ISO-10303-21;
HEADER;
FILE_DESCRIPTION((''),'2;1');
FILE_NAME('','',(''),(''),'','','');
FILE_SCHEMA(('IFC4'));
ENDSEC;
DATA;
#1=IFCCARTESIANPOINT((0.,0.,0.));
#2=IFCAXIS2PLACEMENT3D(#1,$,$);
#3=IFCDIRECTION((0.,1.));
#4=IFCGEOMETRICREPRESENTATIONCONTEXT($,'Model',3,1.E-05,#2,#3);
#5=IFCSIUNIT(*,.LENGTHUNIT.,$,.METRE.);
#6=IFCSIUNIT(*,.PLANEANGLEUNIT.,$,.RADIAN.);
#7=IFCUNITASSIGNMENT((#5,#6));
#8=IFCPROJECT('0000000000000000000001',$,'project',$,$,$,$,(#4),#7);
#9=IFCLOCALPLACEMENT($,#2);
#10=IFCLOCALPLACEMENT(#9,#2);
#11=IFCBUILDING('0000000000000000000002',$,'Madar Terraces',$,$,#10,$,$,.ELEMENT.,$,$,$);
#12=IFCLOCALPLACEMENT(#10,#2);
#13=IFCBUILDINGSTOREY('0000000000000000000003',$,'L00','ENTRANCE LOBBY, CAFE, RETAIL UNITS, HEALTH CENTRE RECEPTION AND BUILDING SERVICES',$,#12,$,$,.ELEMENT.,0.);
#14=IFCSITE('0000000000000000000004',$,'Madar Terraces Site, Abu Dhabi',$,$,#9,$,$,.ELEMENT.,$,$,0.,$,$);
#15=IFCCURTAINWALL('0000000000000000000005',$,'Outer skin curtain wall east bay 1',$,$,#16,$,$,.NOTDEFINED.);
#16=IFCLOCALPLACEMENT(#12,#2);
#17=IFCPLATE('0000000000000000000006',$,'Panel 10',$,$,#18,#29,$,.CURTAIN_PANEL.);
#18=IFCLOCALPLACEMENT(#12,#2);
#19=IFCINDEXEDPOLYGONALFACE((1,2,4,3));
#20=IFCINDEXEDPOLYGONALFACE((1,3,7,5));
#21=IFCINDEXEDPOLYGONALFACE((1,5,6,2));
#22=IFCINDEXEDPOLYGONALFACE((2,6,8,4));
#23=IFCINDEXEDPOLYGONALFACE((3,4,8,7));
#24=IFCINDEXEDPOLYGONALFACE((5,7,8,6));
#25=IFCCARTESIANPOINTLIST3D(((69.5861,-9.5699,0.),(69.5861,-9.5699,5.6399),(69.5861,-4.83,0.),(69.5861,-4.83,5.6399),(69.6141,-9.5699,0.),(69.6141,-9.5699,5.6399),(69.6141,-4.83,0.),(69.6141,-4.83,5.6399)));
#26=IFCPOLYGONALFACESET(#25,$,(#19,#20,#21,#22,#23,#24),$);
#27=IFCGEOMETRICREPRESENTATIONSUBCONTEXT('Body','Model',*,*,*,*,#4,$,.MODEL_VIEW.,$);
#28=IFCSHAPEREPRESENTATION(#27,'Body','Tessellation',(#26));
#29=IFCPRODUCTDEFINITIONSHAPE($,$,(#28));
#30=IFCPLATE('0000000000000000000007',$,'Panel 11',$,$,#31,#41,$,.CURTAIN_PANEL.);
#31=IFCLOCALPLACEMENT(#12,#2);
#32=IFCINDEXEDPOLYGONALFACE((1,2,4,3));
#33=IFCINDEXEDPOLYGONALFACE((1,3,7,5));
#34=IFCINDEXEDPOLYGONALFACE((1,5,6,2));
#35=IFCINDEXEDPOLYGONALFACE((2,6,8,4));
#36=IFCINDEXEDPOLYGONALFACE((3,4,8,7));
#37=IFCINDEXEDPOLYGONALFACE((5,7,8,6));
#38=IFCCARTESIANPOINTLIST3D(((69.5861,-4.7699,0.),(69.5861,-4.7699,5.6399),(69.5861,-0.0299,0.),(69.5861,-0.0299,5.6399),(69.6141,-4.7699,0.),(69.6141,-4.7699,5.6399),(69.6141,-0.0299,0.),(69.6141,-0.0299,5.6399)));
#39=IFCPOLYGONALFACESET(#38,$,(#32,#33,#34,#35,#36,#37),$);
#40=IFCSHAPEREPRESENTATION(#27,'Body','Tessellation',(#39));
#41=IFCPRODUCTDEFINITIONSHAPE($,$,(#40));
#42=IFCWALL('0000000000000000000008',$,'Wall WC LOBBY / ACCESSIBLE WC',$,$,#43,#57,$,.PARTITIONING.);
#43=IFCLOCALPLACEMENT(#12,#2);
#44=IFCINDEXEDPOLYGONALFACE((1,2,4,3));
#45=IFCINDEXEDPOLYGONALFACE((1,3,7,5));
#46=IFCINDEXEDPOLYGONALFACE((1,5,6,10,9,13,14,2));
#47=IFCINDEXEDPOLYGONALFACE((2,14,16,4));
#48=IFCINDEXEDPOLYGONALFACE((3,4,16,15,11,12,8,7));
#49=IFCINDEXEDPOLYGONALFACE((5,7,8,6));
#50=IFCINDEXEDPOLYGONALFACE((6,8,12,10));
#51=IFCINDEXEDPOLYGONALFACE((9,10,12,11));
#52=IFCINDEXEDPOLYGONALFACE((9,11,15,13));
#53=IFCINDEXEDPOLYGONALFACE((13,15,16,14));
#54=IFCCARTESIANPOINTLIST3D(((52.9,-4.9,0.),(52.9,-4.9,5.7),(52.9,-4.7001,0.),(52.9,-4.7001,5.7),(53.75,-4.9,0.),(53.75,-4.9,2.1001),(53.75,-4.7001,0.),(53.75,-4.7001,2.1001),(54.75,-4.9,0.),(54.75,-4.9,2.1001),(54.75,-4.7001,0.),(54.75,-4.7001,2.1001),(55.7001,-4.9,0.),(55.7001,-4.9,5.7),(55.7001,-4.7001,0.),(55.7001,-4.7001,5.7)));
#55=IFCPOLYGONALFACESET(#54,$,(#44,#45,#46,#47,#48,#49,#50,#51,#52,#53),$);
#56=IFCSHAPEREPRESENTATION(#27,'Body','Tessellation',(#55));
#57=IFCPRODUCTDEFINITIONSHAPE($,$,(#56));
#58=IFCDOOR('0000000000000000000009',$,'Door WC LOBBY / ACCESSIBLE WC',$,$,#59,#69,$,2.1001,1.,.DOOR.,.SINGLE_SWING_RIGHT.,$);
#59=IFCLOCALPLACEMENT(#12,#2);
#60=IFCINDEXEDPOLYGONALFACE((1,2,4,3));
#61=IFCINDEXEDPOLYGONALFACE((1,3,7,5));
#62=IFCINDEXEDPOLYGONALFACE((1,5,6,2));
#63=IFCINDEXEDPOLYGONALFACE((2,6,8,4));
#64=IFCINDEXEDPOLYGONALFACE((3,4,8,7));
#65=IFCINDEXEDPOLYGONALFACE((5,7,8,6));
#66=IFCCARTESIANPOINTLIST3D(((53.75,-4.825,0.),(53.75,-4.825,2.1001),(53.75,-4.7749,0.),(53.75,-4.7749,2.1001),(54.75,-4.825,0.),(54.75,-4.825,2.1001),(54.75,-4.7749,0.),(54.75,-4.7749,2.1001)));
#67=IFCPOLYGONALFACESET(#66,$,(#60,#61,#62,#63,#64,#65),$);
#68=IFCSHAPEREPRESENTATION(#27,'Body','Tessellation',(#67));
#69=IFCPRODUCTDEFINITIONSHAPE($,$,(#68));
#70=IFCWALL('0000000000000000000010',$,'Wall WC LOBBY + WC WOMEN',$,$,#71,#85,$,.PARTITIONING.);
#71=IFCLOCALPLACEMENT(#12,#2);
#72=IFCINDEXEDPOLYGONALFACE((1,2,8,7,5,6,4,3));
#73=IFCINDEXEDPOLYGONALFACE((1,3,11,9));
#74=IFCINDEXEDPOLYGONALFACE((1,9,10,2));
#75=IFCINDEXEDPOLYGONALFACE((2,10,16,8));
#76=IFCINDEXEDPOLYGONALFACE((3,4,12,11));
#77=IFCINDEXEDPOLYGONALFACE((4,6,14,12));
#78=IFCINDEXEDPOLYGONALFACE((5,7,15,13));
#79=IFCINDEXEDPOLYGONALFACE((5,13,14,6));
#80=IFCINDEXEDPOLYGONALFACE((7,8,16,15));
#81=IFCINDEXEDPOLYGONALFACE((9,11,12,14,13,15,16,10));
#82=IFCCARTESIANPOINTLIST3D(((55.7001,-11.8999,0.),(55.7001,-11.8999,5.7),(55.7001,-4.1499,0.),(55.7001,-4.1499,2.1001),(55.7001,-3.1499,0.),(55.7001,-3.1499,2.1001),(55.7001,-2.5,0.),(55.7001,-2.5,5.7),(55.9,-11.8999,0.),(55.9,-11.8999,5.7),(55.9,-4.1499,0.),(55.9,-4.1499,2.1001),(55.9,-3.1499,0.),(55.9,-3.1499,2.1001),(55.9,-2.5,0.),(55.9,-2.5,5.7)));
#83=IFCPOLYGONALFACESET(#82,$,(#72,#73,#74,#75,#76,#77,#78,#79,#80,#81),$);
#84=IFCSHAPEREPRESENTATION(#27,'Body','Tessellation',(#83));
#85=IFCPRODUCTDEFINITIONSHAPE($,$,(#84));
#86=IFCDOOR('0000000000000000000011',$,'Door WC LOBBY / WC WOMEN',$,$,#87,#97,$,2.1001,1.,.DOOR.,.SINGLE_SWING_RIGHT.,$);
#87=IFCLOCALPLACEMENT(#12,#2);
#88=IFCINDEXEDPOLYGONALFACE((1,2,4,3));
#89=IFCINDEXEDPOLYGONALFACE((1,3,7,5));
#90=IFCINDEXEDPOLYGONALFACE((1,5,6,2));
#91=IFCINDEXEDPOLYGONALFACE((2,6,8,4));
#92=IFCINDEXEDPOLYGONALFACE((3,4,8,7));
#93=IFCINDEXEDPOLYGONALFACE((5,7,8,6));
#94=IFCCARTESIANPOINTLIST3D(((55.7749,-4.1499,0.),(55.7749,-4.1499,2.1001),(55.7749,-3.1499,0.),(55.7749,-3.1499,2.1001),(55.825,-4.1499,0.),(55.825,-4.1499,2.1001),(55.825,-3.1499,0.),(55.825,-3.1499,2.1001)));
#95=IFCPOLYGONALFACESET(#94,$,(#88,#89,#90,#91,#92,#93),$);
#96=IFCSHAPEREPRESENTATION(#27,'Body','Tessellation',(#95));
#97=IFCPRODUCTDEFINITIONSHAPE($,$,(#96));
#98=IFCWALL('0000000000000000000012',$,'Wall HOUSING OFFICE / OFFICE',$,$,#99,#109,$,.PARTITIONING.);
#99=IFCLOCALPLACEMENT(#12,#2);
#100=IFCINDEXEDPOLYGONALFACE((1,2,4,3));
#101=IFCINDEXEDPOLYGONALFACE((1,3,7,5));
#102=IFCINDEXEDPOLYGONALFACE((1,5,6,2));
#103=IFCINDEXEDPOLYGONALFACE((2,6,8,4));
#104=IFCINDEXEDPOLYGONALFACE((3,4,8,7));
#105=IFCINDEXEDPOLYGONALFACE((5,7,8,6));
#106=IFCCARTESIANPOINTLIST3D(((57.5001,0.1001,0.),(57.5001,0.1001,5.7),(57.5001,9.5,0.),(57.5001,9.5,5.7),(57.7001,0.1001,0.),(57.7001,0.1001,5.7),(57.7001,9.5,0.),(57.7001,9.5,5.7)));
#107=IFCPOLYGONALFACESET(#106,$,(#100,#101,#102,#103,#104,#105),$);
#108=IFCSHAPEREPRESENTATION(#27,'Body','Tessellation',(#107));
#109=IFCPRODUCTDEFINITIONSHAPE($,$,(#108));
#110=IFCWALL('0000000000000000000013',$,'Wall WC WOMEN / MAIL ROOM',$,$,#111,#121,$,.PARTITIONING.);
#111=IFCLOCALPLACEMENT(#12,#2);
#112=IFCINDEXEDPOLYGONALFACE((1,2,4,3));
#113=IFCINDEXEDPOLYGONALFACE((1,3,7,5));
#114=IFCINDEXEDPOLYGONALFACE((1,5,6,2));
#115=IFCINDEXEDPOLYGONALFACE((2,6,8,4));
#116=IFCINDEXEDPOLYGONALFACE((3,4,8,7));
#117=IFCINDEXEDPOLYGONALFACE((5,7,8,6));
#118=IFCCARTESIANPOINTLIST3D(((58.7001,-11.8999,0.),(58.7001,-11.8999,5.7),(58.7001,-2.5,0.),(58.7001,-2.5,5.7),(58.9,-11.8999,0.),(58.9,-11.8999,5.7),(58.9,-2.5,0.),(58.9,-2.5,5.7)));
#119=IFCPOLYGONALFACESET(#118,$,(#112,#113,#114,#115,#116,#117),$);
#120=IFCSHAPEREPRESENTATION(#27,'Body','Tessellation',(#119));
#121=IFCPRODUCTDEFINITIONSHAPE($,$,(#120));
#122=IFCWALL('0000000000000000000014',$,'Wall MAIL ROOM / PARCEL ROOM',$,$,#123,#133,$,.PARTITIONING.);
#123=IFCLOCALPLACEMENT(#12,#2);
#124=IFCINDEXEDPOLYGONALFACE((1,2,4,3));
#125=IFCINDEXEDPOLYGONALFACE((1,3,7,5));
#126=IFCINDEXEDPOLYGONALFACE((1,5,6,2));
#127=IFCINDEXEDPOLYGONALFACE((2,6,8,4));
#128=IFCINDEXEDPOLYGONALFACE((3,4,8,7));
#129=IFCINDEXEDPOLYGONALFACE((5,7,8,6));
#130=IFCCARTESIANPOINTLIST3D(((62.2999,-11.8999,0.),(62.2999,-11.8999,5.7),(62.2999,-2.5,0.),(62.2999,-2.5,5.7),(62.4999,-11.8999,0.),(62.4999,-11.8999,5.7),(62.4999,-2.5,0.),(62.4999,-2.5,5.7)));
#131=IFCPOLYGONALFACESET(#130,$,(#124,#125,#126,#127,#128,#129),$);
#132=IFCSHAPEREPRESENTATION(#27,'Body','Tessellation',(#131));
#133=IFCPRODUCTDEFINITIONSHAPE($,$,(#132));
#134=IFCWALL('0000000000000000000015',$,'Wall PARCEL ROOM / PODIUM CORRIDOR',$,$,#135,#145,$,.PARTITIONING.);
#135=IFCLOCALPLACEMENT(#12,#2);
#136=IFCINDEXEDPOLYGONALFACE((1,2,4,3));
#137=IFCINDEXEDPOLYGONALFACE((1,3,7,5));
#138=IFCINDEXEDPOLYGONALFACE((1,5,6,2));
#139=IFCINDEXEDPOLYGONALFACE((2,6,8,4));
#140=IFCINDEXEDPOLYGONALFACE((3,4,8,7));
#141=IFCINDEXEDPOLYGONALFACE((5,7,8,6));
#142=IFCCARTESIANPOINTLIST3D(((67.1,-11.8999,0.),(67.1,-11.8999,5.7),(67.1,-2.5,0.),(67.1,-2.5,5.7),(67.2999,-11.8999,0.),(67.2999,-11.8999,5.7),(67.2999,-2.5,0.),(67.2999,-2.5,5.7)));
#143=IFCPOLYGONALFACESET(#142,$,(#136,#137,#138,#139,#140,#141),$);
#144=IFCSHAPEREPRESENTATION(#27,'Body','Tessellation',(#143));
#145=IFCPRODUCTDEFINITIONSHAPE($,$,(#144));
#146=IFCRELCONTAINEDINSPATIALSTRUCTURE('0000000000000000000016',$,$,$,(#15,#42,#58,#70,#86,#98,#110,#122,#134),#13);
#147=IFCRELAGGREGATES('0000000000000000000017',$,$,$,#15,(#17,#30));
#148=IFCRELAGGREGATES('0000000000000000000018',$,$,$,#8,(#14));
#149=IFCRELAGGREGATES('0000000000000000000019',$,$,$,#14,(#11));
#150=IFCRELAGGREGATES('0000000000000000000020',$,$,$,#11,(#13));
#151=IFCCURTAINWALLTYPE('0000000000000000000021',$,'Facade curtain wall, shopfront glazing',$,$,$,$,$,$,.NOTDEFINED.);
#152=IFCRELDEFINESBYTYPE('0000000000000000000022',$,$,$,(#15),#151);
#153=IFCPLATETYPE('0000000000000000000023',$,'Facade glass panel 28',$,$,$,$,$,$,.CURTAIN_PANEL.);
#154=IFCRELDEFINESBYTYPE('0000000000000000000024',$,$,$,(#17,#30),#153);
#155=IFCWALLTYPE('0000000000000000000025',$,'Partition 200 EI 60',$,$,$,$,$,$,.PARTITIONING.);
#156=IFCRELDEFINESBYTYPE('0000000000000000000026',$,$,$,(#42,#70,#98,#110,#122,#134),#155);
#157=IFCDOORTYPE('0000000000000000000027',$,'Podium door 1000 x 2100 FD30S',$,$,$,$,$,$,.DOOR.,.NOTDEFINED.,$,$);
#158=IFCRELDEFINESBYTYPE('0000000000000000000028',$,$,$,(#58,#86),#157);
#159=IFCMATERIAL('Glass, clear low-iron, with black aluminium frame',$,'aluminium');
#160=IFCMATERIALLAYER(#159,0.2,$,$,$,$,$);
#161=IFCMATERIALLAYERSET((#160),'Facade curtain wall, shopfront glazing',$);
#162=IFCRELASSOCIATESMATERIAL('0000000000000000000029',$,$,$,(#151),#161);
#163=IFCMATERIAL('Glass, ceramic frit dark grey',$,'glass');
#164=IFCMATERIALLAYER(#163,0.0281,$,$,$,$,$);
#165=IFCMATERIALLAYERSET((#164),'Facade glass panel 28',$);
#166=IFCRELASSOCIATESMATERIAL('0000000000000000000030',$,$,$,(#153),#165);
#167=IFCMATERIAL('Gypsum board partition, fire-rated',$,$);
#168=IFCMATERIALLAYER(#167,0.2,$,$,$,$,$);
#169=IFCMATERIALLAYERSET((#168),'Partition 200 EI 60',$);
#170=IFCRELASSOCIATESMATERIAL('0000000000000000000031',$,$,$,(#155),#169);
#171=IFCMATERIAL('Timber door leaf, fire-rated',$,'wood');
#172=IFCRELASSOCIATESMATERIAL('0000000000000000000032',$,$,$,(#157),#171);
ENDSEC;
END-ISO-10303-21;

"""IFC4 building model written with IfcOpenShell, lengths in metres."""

from ifc_helpers import new_model, si_unit, direction, frame, frame_2d, origin, origin_2d, place, context, subcontext, project, spatial, rectangle, extrude, material, layer, layer_set, type_object, element, fill, aggregate, save


model = new_model("IFC4")

# Units and contexts
model_context = context("Model", 3, precision=1e-05, world=origin(), true_north=direction((0.0, 1.0)))
body_context = subcontext(model_context, "Body", "Model", "MODEL_VIEW")
ifc_project = project(units=[si_unit("LENGTHUNIT", "METRE"), si_unit("PLANEANGLEUNIT", "RADIAN")], contexts=[model_context])

# Site, building, storey
site_placement = place(None, origin())
site = spatial("IfcSite", under=ifc_project, at=site_placement, Name="Madar Terraces Site, Abu Dhabi", CompositionType="ELEMENT", RefElevation=0.0)
building_placement = place(site_placement, origin())
building = spatial("IfcBuilding", under=site, at=building_placement, Name="Madar Terraces", CompositionType="ELEMENT")
storey_placement = place(building_placement, origin())
storey = spatial("IfcBuildingStorey", under=building, at=storey_placement, Name="L00", Description="ENTRANCE LOBBY, CAFE, RETAIL UNITS, HEALTH CENTRE RECEPTION AND BUILDING SERVICES", CompositionType="ELEMENT", Elevation=0.0)

# Curtain wall, plates
ifc_material_1 = material(Name="Glass, clear low-iron, with black aluminium frame", Category="aluminium")
ifc_layer_1 = layer(ifc_material_1, 0.2)
ifc_layer_set_1 = layer_set([ifc_layer_1], Name="Facade curtain wall, shopfront glazing")
curtain_wall_type = type_object("IfcCurtainWallType", Name="Facade curtain wall, shopfront glazing", PredefinedType="NOTDEFINED", material=ifc_layer_set_1)
curtain_wall_placement = place(storey_placement, origin())
curtain_wall = element("IfcCurtainWall", 1, at=curtain_wall_placement, inside=storey, type_object=curtain_wall_type, Name="Outer skin curtain wall east bay 1", PredefinedType="NOTDEFINED")
ifc_material_2 = material(Name="Glass, ceramic frit dark grey", Category="glass")
ifc_layer_2 = layer(ifc_material_2, 0.0281)
ifc_layer_set_2 = layer_set([ifc_layer_2], Name="Facade glass panel 28")
plate_type = type_object("IfcPlateType", Name="Facade glass panel 28", PredefinedType="CURTAIN_PANEL", material=ifc_layer_set_2)
plate_1_placement = place(storey_placement, frame((69.6001, -7.2, 0.0), z_axis=(0.0, 0.0, 1.0), x_axis=(0.0, 1.0, 0.0)))
plate_1 = element("IfcPlate", 2, at=plate_1_placement, type_object=plate_type, Name="Panel 10", PredefinedType="CURTAIN_PANEL", context=body_context, shape_type="SweptSolid", body=[
    extrude(rectangle(XDim=4.74, YDim=0.0281, at=origin_2d()), origin(), (0.0, 0.0, 1.0), 5.6399),
])
plate_2_placement = place(storey_placement, frame((69.6001, -2.3999, 0.0), z_axis=(0.0, 0.0, 1.0), x_axis=(0.0, 1.0, 0.0)))
plate_2 = element("IfcPlate", 3, at=plate_2_placement, type_object=plate_type, Name="Panel 11", PredefinedType="CURTAIN_PANEL", context=body_context, shape_type="SweptSolid", body=[
    extrude(rectangle(XDim=4.74, YDim=0.0281, at=origin_2d()), origin(), (0.0, 0.0, 1.0), 5.6399),
])
aggregate(curtain_wall, [plate_1, plate_2])

# Walls, openings, doors
ifc_material_3 = material(Name="Gypsum board partition, fire-rated")
ifc_layer_3 = layer(ifc_material_3, 0.2)
ifc_layer_set_3 = layer_set([ifc_layer_3], Name="Partition 200 EI 60")
wall_type = type_object("IfcWallType", Name="Partition 200 EI 60", PredefinedType="PARTITIONING", material=ifc_layer_set_3)
wall_1_placement = place(storey_placement, frame((55.7, -4.8, 0.0), z_axis=(0.0, 0.0, 1.0), x_axis=(-1.0, 0.0, 0.0)))
wall_1 = element("IfcWall", 4, at=wall_1_placement, inside=storey, type_object=wall_type, Name="Wall WC LOBBY / ACCESSIBLE WC", PredefinedType="PARTITIONING", context=body_context, shape_type="SweptSolid", body=[
    extrude(rectangle(XDim=2.8, YDim=0.2, at=frame_2d((1.3999, 0.0))), origin(), (0.0, 0.0, 1.0), 5.7),
])
opening_1_placement = place(wall_1_placement, frame((0.95, 0.0, 0.0)))
opening_1 = element("IfcOpeningElement", 5, at=opening_1_placement, cuts=wall_1, PredefinedType="OPENING", context=body_context, shape_type="SweptSolid", body=[
    extrude(rectangle(XDim=1.0, YDim=2.1001, at=frame_2d((0.5, 1.05))), frame((0.0, 0.1099, 0.0), z_axis=(0.0, -1.0, 0.0), x_axis=(1.0, 0.0, 0.0)), (0.0, 0.0, 1.0), 0.22),
])
ifc_material_4 = material(Name="Timber door leaf, fire-rated", Category="wood")
door_type = type_object("IfcDoorType", Name="Podium door 1000 x 2100 FD30S", OperationType="NOTDEFINED", PredefinedType="DOOR", material=ifc_material_4)
door_1_placement = place(opening_1_placement, origin())
door_1 = element("IfcDoor", 6, at=door_1_placement, inside=storey, type_object=door_type, Name="Door WC LOBBY / ACCESSIBLE WC", OperationType="SINGLE_SWING_RIGHT", OverallHeight=2.1001, OverallWidth=1.0, PredefinedType="DOOR", context=body_context, shape_type="SweptSolid", body=[
    extrude(rectangle(XDim=1.0, YDim=2.1001, at=frame_2d((0.5, 1.05))), frame((0.0, 0.0249, 0.0), z_axis=(0.0, -1.0, 0.0), x_axis=(1.0, 0.0, 0.0)), (0.0, 0.0, 1.0), 0.05),
])
fill(opening_1, door_1)
wall_2_placement = place(storey_placement, frame((55.8, -2.5, 0.0), z_axis=(0.0, 0.0, 1.0), x_axis=(0.0, -1.0, 0.0)))
wall_2 = element("IfcWall", 7, at=wall_2_placement, inside=storey, type_object=wall_type, Name="Wall WC LOBBY + WC WOMEN", PredefinedType="PARTITIONING", context=body_context, shape_type="SweptSolid", body=[
    extrude(rectangle(XDim=9.3999, YDim=0.2, at=frame_2d((4.7, 0.0))), origin(), (0.0, 0.0, 1.0), 5.7),
])
opening_2_placement = place(wall_2_placement, frame((0.6499, 0.0, 0.0)))
opening_2 = element("IfcOpeningElement", 8, at=opening_2_placement, cuts=wall_2, PredefinedType="OPENING", context=body_context, shape_type="SweptSolid", body=[
    extrude(rectangle(XDim=1.0, YDim=2.1001, at=frame_2d((0.5, 1.05))), frame((0.0, 0.1099, 0.0), z_axis=(0.0, -1.0, 0.0), x_axis=(1.0, 0.0, 0.0)), (0.0, 0.0, 1.0), 0.22),
])
door_2_placement = place(opening_2_placement, origin())
door_2 = element("IfcDoor", 9, at=door_2_placement, inside=storey, type_object=door_type, Name="Door WC LOBBY / WC WOMEN", OperationType="SINGLE_SWING_RIGHT", OverallHeight=2.1001, OverallWidth=1.0, PredefinedType="DOOR", context=body_context, shape_type="SweptSolid", body=[
    extrude(rectangle(XDim=1.0, YDim=2.1001, at=frame_2d((0.5, 1.05))), frame((0.0, 0.0249, 0.0), z_axis=(0.0, -1.0, 0.0), x_axis=(1.0, 0.0, 0.0)), (0.0, 0.0, 1.0), 0.05),
])
fill(opening_2, door_2)

# Walls
for number, where, z_axis, x_axis, name in (
    (10, (57.6001, 0.1001, 0.0), (0.0, 0.0, 1.0), (0.0, 1.0, 0.0), "Wall HOUSING OFFICE / OFFICE"),
    (11, (58.8, -11.8999, 0.0), (0.0, 0.0, 1.0), (0.0, 1.0, 0.0), "Wall WC WOMEN / MAIL ROOM"),
    (12, (62.3999, -11.8999, 0.0), (0.0, 0.0, 1.0), (0.0, 1.0, 0.0), "Wall MAIL ROOM / PARCEL ROOM"),
    (13, (67.2, -11.8999, 0.0), (0.0, 0.0, 1.0), (0.0, 1.0, 0.0), "Wall PARCEL ROOM / PODIUM CORRIDOR"),
):
    element("IfcWall", number, at=place(storey_placement, frame(where, z_axis=z_axis, x_axis=x_axis)), inside=storey, type_object=wall_type, Name=name, PredefinedType="PARTITIONING", context=body_context, shape_type="SweptSolid", body=[
        extrude(rectangle(XDim=9.3999, YDim=0.2, at=frame_2d((4.7, 0.0))), origin(), (0.0, 0.0, 1.0), 5.7),
    ])

save(model, "model.ifc")
